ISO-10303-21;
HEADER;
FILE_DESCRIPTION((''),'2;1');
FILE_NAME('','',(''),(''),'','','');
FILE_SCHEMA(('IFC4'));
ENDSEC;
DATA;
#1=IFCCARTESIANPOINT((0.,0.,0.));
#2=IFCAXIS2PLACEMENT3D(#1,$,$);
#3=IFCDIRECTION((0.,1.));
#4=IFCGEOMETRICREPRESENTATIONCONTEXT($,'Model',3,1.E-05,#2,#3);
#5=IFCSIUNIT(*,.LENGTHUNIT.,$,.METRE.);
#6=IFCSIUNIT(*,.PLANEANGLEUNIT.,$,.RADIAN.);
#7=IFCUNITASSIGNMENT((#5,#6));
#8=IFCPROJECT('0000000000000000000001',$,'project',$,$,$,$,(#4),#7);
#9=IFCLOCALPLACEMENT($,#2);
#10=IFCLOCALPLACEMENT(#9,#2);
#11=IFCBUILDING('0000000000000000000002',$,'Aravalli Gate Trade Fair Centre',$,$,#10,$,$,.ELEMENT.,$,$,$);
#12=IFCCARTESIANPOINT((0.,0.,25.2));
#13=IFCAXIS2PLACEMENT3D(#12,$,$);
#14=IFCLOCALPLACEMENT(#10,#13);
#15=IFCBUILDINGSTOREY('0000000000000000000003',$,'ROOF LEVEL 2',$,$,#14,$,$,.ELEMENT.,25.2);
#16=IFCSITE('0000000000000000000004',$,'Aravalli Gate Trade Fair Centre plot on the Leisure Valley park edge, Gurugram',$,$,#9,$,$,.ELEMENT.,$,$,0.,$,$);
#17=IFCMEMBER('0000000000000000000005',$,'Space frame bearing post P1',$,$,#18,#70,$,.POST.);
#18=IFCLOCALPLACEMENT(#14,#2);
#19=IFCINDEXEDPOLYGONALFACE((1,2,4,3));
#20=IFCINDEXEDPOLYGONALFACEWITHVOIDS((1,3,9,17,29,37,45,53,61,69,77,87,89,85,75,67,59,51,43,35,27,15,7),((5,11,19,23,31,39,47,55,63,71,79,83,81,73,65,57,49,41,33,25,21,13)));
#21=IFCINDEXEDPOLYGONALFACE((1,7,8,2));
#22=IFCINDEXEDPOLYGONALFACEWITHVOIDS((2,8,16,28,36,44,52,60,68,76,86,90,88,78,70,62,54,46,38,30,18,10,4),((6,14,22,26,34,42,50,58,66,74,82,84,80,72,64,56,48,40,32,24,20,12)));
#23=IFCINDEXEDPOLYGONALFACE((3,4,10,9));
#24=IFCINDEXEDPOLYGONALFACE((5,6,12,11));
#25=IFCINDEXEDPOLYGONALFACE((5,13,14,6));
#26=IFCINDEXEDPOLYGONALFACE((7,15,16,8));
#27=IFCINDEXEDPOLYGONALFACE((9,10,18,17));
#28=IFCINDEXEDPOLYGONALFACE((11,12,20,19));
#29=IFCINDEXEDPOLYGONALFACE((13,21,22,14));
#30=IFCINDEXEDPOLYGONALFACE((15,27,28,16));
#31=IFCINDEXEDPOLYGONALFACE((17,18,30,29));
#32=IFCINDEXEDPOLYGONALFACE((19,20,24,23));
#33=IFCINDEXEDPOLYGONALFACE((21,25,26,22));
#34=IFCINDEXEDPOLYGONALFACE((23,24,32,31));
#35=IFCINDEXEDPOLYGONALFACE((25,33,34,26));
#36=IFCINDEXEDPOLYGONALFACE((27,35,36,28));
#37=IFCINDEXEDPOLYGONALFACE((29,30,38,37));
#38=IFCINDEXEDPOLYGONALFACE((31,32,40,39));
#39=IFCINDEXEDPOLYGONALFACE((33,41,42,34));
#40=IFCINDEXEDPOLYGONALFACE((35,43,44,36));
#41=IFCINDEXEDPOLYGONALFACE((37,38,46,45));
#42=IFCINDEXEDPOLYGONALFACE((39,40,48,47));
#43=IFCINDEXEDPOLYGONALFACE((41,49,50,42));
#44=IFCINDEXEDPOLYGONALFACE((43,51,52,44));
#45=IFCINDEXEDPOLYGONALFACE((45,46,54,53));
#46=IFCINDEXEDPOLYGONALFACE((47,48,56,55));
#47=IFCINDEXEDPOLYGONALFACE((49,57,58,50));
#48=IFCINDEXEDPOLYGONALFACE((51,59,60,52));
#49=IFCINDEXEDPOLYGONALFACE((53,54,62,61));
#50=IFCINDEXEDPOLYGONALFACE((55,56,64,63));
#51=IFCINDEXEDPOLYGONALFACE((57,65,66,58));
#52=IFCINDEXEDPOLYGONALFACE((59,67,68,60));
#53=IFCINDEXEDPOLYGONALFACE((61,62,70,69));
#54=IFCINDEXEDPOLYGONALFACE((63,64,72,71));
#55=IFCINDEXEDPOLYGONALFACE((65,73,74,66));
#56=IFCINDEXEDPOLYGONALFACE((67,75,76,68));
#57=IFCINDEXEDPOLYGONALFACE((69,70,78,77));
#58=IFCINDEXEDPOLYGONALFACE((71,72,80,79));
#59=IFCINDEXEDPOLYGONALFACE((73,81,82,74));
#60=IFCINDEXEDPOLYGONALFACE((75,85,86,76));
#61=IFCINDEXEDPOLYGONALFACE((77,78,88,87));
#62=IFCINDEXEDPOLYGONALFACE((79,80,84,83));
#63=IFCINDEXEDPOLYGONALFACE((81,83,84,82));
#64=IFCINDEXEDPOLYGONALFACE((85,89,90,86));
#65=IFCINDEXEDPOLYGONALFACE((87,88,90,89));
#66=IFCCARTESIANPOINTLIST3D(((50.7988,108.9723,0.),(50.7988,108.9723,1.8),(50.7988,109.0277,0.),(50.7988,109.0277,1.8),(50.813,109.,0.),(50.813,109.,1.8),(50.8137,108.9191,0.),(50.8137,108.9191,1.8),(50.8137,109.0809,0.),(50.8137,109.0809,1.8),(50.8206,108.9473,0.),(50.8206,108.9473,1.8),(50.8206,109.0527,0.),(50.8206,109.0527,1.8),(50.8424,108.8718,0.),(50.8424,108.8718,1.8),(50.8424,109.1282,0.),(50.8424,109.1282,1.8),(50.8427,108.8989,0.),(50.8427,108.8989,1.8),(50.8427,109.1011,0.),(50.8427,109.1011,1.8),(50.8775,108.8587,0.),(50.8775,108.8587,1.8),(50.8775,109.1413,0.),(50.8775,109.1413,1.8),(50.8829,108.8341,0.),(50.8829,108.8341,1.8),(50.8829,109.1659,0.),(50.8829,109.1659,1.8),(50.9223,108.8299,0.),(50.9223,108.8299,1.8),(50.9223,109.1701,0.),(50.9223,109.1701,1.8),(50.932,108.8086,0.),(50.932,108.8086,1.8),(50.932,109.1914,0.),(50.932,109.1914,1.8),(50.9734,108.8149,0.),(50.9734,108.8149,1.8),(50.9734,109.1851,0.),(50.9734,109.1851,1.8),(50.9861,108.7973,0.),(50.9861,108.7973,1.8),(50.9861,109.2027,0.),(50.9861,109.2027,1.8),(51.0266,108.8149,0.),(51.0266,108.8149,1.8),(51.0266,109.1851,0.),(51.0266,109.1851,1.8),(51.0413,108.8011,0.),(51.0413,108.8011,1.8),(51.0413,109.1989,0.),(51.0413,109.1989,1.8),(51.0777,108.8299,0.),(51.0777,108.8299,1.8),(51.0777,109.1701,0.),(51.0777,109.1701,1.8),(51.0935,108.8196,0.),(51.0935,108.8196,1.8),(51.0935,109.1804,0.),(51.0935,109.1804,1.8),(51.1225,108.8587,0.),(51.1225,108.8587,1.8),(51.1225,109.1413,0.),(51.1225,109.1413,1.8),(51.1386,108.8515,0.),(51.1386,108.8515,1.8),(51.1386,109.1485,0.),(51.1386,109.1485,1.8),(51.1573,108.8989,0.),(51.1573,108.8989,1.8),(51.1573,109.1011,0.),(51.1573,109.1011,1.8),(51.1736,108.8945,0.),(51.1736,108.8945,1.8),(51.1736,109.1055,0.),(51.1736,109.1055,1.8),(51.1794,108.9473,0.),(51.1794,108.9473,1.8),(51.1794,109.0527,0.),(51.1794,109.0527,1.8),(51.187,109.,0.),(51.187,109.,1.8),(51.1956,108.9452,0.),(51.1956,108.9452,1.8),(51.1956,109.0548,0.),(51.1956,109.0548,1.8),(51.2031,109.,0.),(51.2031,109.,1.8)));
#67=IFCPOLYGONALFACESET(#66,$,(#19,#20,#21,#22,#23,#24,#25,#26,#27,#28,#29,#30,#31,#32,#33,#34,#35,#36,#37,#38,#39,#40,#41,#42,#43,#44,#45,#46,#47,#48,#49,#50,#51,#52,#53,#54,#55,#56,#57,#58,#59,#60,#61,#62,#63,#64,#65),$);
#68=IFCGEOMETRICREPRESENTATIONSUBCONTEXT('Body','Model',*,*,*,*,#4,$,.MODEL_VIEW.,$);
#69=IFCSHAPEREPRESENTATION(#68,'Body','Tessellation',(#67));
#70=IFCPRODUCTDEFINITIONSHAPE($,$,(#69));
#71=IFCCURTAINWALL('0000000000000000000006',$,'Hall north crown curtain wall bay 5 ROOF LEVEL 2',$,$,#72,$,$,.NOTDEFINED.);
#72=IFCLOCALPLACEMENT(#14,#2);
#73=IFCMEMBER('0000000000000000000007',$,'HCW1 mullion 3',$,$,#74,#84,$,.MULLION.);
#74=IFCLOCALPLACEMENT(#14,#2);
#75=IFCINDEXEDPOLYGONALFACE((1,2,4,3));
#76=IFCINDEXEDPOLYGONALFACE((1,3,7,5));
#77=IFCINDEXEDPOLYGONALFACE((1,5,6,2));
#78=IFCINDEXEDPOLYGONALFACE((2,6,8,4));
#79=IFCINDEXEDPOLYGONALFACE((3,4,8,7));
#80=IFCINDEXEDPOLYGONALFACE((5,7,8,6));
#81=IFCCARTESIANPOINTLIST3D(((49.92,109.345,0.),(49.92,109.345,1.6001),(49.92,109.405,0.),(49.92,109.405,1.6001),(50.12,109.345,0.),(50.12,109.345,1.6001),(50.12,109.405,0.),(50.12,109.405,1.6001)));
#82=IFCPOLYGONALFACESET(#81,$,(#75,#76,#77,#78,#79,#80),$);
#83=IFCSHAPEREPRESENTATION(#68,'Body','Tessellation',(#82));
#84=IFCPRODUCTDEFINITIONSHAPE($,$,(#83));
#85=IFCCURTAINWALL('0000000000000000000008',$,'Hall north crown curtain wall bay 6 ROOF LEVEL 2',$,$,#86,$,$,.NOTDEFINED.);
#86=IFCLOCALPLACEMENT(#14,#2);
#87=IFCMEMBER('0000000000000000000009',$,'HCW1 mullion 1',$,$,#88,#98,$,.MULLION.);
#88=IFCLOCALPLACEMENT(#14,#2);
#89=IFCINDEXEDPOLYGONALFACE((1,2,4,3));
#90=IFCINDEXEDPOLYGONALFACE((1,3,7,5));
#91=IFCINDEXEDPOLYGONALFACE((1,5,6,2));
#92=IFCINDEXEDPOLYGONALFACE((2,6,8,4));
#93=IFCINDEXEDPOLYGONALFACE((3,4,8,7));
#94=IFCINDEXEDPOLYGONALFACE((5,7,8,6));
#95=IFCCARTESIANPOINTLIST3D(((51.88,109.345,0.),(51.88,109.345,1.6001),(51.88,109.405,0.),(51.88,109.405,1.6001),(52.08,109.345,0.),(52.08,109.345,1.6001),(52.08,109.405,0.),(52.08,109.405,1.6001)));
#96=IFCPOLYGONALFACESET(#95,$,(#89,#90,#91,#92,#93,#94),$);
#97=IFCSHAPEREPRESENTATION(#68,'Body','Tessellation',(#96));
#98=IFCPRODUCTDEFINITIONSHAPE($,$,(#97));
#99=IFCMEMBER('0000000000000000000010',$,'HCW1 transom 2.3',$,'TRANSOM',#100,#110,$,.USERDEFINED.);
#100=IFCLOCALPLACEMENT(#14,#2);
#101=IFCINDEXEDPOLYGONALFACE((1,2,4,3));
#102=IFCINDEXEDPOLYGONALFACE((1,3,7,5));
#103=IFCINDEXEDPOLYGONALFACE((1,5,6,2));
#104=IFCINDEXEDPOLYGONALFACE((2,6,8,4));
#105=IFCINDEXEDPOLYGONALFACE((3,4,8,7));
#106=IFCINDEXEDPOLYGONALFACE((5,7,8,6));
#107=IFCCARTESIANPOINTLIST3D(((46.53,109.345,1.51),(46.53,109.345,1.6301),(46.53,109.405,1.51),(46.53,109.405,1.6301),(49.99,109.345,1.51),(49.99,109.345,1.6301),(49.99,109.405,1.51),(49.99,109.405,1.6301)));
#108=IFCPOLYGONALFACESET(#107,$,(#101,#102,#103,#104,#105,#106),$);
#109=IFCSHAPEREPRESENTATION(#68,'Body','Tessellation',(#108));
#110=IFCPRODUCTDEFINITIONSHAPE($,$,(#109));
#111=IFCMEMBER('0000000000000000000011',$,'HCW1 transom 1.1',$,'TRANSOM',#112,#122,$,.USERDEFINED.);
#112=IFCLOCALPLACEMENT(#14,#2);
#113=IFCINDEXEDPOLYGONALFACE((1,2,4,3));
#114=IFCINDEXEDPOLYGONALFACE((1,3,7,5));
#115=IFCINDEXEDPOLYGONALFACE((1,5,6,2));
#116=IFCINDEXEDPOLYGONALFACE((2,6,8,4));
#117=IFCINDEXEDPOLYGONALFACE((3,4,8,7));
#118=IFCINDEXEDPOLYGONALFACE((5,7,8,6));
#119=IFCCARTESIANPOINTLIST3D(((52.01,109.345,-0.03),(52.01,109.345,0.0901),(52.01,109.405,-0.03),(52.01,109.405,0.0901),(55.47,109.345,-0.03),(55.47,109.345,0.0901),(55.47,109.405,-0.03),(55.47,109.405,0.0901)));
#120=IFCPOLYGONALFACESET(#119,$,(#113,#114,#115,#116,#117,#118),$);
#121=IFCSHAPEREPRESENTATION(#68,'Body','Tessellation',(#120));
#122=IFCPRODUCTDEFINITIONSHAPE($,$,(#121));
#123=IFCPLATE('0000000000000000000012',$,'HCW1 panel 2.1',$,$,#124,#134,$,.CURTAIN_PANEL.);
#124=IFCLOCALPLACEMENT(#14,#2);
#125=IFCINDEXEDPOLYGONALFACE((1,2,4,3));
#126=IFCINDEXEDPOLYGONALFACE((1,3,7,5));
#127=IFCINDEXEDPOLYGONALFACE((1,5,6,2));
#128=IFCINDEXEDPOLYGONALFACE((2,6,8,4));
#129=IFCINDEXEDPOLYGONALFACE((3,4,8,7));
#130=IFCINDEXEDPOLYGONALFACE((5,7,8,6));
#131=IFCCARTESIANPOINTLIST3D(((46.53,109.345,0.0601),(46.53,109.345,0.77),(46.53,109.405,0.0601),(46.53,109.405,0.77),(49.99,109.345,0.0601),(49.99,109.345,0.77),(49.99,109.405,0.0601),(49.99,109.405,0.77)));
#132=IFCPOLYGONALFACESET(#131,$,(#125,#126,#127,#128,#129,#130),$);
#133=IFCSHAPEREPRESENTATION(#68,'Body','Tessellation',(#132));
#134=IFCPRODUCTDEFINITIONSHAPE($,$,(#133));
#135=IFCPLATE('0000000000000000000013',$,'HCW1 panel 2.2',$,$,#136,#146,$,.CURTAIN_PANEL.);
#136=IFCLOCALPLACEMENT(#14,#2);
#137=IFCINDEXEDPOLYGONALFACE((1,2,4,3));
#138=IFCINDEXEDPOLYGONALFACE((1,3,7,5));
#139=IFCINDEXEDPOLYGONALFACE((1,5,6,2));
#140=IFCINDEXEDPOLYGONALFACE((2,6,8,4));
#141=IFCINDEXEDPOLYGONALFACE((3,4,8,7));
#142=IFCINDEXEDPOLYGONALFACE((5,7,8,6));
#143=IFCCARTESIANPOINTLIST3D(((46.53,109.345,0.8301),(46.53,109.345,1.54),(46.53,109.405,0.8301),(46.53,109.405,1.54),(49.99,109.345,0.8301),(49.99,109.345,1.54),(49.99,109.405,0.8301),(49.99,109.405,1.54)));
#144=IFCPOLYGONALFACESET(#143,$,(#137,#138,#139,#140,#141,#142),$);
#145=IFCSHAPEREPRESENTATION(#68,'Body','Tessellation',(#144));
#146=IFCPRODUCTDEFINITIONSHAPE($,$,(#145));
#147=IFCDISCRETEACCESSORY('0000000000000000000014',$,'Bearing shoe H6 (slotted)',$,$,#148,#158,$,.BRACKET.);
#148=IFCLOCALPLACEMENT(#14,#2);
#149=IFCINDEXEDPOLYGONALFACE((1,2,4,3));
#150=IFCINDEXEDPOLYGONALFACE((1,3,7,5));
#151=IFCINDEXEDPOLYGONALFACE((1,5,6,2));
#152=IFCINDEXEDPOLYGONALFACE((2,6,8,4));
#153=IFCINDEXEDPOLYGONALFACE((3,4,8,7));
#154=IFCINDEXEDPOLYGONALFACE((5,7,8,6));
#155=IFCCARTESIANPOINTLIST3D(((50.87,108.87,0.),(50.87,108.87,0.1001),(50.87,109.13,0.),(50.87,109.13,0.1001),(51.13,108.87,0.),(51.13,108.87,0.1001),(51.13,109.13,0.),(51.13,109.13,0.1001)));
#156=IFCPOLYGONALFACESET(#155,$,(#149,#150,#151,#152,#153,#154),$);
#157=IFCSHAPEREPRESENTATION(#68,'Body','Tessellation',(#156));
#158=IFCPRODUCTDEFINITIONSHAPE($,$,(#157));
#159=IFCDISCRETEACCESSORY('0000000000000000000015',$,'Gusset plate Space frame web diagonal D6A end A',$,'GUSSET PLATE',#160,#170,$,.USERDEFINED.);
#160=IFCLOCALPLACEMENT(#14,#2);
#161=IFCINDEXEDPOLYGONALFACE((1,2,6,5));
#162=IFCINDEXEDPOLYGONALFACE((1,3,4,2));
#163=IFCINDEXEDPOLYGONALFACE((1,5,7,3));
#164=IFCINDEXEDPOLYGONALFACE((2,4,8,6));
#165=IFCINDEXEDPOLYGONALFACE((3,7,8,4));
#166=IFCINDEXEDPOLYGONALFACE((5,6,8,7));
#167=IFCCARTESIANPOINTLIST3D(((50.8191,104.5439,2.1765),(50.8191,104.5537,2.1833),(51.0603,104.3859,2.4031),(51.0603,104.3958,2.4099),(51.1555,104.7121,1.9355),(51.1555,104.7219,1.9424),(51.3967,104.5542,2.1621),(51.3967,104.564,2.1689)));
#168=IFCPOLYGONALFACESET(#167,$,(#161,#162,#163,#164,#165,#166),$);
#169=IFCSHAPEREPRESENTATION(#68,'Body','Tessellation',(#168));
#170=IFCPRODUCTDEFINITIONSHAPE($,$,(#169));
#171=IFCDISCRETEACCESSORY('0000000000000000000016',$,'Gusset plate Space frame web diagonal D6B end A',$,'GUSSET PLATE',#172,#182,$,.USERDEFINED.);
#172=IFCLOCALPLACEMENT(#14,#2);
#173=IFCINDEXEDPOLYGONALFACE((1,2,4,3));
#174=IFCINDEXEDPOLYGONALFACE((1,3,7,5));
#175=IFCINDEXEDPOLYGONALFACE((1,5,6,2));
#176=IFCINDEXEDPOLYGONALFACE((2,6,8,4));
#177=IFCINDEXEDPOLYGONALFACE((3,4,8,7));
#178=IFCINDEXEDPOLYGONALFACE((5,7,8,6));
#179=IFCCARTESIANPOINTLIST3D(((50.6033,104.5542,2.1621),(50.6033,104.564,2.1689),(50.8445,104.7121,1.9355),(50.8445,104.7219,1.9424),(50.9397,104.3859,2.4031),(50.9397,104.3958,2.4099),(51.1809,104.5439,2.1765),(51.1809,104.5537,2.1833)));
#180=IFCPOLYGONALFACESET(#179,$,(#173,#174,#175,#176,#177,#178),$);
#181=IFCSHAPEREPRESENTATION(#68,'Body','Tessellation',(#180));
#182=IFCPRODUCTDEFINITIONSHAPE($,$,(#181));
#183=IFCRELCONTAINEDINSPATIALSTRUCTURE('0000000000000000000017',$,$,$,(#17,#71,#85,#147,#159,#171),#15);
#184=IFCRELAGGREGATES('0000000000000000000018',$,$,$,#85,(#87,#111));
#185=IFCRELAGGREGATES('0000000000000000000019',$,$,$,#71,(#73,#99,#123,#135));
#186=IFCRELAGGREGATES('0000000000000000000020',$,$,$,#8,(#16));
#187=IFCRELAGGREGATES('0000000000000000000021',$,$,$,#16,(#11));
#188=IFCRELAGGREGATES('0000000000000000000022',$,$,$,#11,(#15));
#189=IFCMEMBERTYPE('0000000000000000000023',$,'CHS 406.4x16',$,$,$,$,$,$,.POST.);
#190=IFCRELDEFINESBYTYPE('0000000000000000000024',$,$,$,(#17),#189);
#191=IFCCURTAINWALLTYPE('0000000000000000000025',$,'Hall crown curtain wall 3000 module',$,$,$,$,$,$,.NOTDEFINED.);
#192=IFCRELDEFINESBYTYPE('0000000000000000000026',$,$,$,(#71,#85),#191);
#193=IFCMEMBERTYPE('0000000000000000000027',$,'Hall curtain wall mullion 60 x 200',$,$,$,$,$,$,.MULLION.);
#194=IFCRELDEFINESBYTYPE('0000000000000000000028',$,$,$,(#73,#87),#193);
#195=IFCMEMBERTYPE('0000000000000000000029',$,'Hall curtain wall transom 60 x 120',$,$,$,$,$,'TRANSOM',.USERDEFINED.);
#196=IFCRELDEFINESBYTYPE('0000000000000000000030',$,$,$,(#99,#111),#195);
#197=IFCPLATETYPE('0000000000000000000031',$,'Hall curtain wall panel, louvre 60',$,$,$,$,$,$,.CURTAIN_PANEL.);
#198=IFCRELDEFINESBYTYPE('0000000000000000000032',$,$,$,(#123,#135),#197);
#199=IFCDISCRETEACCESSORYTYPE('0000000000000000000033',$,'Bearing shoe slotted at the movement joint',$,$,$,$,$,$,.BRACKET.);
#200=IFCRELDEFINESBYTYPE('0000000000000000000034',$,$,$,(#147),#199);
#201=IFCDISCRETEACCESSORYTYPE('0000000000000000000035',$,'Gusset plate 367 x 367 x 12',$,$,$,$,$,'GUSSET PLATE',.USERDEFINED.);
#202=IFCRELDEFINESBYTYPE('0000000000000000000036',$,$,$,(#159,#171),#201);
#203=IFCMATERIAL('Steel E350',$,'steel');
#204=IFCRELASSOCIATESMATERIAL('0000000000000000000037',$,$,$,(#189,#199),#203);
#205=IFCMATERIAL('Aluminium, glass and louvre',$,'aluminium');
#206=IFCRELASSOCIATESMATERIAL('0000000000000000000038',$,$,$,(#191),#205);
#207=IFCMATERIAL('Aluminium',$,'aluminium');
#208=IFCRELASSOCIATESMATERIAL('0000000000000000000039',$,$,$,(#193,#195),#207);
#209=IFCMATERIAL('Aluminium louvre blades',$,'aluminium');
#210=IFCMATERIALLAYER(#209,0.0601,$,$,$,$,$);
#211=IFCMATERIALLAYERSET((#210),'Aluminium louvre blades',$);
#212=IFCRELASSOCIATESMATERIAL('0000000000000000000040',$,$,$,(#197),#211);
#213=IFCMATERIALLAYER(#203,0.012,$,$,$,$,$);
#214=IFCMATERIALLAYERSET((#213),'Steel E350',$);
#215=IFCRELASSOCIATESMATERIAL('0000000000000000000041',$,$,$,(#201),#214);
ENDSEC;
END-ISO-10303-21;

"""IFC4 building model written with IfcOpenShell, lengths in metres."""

from ifc_helpers import new_model, si_unit, direction, frame, origin, origin_2d, place, context, subcontext, project, spatial, polyline, rectangle, hollow_circle, outline, extrude, material, layer, layer_set, material_profile, profile_set, type_object, element, aggregate, save


model = new_model("IFC4")

# Units and contexts
model_context = context("Model", 3, precision=1e-05, world=origin(), true_north=direction((0.0, 1.0)))
body_context = subcontext(model_context, "Body", "Model", "MODEL_VIEW")
ifc_project = project(units=[si_unit("LENGTHUNIT", "METRE"), si_unit("PLANEANGLEUNIT", "RADIAN")], contexts=[model_context])

# Site, building, storey
site_placement = place(None, origin())
site = spatial("IfcSite", under=ifc_project, at=site_placement, Name="Aravalli Gate Trade Fair Centre plot on the Leisure Valley park edge, Gurugram", CompositionType="ELEMENT", RefElevation=0.0)
building_placement = place(site_placement, origin())
building = spatial("IfcBuilding", under=site, at=building_placement, Name="Aravalli Gate Trade Fair Centre", CompositionType="ELEMENT")
storey_placement = place(building_placement, frame((0.0, 0.0, 25.2)))
storey = spatial("IfcBuildingStorey", under=building, at=storey_placement, Name="ROOF LEVEL 2", CompositionType="ELEMENT", Elevation=25.2)

# Member
ifc_material_1 = material(Name="Steel E350", Category="steel")
ifc_material_profile_1 = material_profile(ifc_material_1, hollow_circle(Radius=0.2031, WallThickness=0.0161, at=origin_2d()), Name="CHS 406.4x16")
ifc_profile_set_1 = profile_set([ifc_material_profile_1], Name="Steel E350")
member_type_1 = type_object("IfcMemberType", Name="CHS 406.4x16", PredefinedType="POST", material=ifc_profile_set_1)
member_1_placement = place(storey_placement, frame((51.0, 109.0, 0.0), z_axis=(0.0, 0.0, 1.0), x_axis=(1.0, 0.0, 0.0)))
element("IfcMember", 1, at=member_1_placement, inside=storey, type_object=member_type_1, Name="Space frame bearing post P1", PredefinedType="POST", context=body_context, shape_type="SweptSolid", body=[
    extrude(hollow_circle(Radius=0.2031, WallThickness=0.0161, at=origin_2d()), origin(), (0.0, 0.0, 1.0), 1.8),
])

# Curtain walls, members
ifc_material_2 = material(Name="Aluminium, glass and louvre", Category="aluminium")
curtain_wall_type = type_object("IfcCurtainWallType", Name="Hall crown curtain wall 3000 module", PredefinedType="NOTDEFINED", material=ifc_material_2)
curtain_wall_1_placement = place(storey_placement, origin())
curtain_wall_1 = element("IfcCurtainWall", 2, at=curtain_wall_1_placement, inside=storey, type_object=curtain_wall_type, Name="Hall north crown curtain wall bay 5 ROOF LEVEL 2", PredefinedType="NOTDEFINED")
ifc_material_3 = material(Name="Aluminium", Category="aluminium")
ifc_material_profile_2 = material_profile(ifc_material_3, rectangle(XDim=0.0601, YDim=0.2, at=origin_2d()), Name="Hall curtain wall mullion 60 x 200")
ifc_profile_set_2 = profile_set([ifc_material_profile_2], Name="Aluminium")
member_type_2 = type_object("IfcMemberType", Name="Hall curtain wall mullion 60 x 200", PredefinedType="MULLION", material=ifc_profile_set_2)
member_2_placement = place(storey_placement, frame((50.02, 109.375, 0.0), z_axis=(0.0, 0.0, 1.0), x_axis=(0.0, 1.0, 0.0)))
member_2 = element("IfcMember", 3, at=member_2_placement, type_object=member_type_2, Name="HCW1 mullion 3", PredefinedType="MULLION", context=body_context, shape_type="SweptSolid", body=[
    extrude(rectangle(XDim=0.0601, YDim=0.2, at=origin_2d()), origin(), (0.0, 0.0, 1.0), 1.6001),
])
curtain_wall_2_placement = place(storey_placement, origin())
curtain_wall_2 = element("IfcCurtainWall", 4, at=curtain_wall_2_placement, inside=storey, type_object=curtain_wall_type, Name="Hall north crown curtain wall bay 6 ROOF LEVEL 2", PredefinedType="NOTDEFINED")
member_3_placement = place(storey_placement, frame((51.98, 109.375, 0.0), z_axis=(0.0, 0.0, 1.0), x_axis=(0.0, 1.0, 0.0)))
member_3 = element("IfcMember", 5, at=member_3_placement, type_object=member_type_2, Name="HCW1 mullion 1", PredefinedType="MULLION", context=body_context, shape_type="SweptSolid", body=[
    extrude(rectangle(XDim=0.0601, YDim=0.2, at=origin_2d()), origin(), (0.0, 0.0, 1.0), 1.6001),
])

# Members
ifc_material_profile_3 = material_profile(ifc_material_3, rectangle(XDim=0.0601, YDim=0.1201, at=origin_2d()), Name="Hall curtain wall transom 60 x 120")
ifc_profile_set_3 = profile_set([ifc_material_profile_3], Name="Aluminium")
member_type_3 = type_object("IfcMemberType", Name="Hall curtain wall transom 60 x 120", ElementType="TRANSOM", PredefinedType="USERDEFINED", material=ifc_profile_set_3)
member_4_placement = place(storey_placement, frame((46.53, 109.375, 1.5701), z_axis=(1.0, 0.0, 0.0), x_axis=(0.0, 1.0, 0.0)))
member_4 = element("IfcMember", 6, at=member_4_placement, type_object=member_type_3, Name="HCW1 transom 2.3", ObjectType="TRANSOM", PredefinedType="USERDEFINED", context=body_context, shape_type="SweptSolid", body=[
    extrude(rectangle(XDim=0.0601, YDim=0.1201, at=origin_2d()), origin(), (0.0, 0.0, 1.0), 3.46),
])
member_5_placement = place(storey_placement, frame((52.01, 109.375, 0.03), z_axis=(1.0, 0.0, 0.0), x_axis=(0.0, 1.0, 0.0)))
member_5 = element("IfcMember", 7, at=member_5_placement, type_object=member_type_3, Name="HCW1 transom 1.1", ObjectType="TRANSOM", PredefinedType="USERDEFINED", context=body_context, shape_type="SweptSolid", body=[
    extrude(rectangle(XDim=0.0601, YDim=0.1201, at=origin_2d()), origin(), (0.0, 0.0, 1.0), 3.46),
])
aggregate(curtain_wall_2, [member_3, member_5])

# Plates
ifc_material_4 = material(Name="Aluminium louvre blades", Category="aluminium")
ifc_layer_1 = layer(ifc_material_4, 0.0601)
ifc_layer_set_1 = layer_set([ifc_layer_1], Name="Aluminium louvre blades")
plate_type = type_object("IfcPlateType", Name="Hall curtain wall panel, louvre 60", PredefinedType="CURTAIN_PANEL", material=ifc_layer_set_1)
plate_1_placement = place(storey_placement, frame((48.26, 109.375, 0.0601), z_axis=(0.0, 0.0, 1.0), x_axis=(1.0, 0.0, 0.0)))
plate_1 = element("IfcPlate", 8, at=plate_1_placement, type_object=plate_type, Name="HCW1 panel 2.1", PredefinedType="CURTAIN_PANEL", context=body_context, shape_type="SweptSolid", body=[
    extrude(rectangle(XDim=3.46, YDim=0.0601, at=origin_2d()), origin(), (0.0, 0.0, 1.0), 0.71),
])
plate_2_placement = place(storey_placement, frame((48.26, 109.375, 0.8301), z_axis=(0.0, 0.0, 1.0), x_axis=(1.0, 0.0, 0.0)))
plate_2 = element("IfcPlate", 9, at=plate_2_placement, type_object=plate_type, Name="HCW1 panel 2.2", PredefinedType="CURTAIN_PANEL", context=body_context, shape_type="SweptSolid", body=[
    extrude(rectangle(XDim=3.46, YDim=0.0601, at=origin_2d()), origin(), (0.0, 0.0, 1.0), 0.71),
])
aggregate(curtain_wall_1, [member_2, member_4, plate_1, plate_2])

# Discrete accessories
discrete_accessory_type_1 = type_object("IfcDiscreteAccessoryType", Name="Bearing shoe slotted at the movement joint", PredefinedType="BRACKET", material=ifc_material_1)
discrete_accessory_1_placement = place(storey_placement, frame((51.0, 109.0, 0.0), z_axis=(0.0, 0.0, 1.0), x_axis=(1.0, 0.0, 0.0)))
element("IfcDiscreteAccessory", 10, at=discrete_accessory_1_placement, inside=storey, type_object=discrete_accessory_type_1, Name="Bearing shoe H6 (slotted)", PredefinedType="BRACKET", context=body_context, shape_type="SweptSolid", body=[
    extrude(rectangle(XDim=0.26, YDim=0.26, at=origin_2d()), origin(), (0.0, 0.0, 1.0), 0.1001),
])
ifc_layer_2 = layer(ifc_material_1, 0.012)
ifc_layer_set_2 = layer_set([ifc_layer_2], Name="Steel E350")
discrete_accessory_type_2 = type_object("IfcDiscreteAccessoryType", Name="Gusset plate 367 x 367 x 12", ElementType="GUSSET PLATE", PredefinedType="USERDEFINED", material=ifc_layer_set_2)
discrete_accessory_2_placement = place(storey_placement, frame((51.1555, 104.7219, 1.9424), z_axis=(-0.000292, 0.820164, 0.572128), x_axis=(-0.753132, -0.376566, 0.539435)))
element("IfcDiscreteAccessory", 11, at=discrete_accessory_2_placement, inside=storey, type_object=discrete_accessory_type_2, Name="Gusset plate Space frame web diagonal D6A end A", ObjectType="GUSSET PLATE", PredefinedType="USERDEFINED", context=body_context, shape_type="SweptSolid", body=[
    extrude(outline(polyline([(0.0, 0.0), (0.4467, 0.0), (0.4467, 0.3667), (0.0, 0.3667), (0.0, 0.0)])), origin(), (0.0, 0.0, -1.0), 0.012),
])
discrete_accessory_3_placement = place(storey_placement, frame((50.6033, 104.564, 2.1689), z_axis=(0.000292, 0.820164, 0.572128), x_axis=(0.753132, -0.376566, 0.539435)))
element("IfcDiscreteAccessory", 12, at=discrete_accessory_3_placement, inside=storey, type_object=discrete_accessory_type_2, Name="Gusset plate Space frame web diagonal D6B end A", ObjectType="GUSSET PLATE", PredefinedType="USERDEFINED", context=body_context, shape_type="SweptSolid", body=[
    extrude(outline(polyline([(0.0, 0.0), (0.4467, 0.0), (0.4467, 0.3667), (0.0, 0.3667), (0.0, 0.0)])), origin(), (0.0, 0.0, -1.0), 0.012),
])

save(model, "model.ifc")
